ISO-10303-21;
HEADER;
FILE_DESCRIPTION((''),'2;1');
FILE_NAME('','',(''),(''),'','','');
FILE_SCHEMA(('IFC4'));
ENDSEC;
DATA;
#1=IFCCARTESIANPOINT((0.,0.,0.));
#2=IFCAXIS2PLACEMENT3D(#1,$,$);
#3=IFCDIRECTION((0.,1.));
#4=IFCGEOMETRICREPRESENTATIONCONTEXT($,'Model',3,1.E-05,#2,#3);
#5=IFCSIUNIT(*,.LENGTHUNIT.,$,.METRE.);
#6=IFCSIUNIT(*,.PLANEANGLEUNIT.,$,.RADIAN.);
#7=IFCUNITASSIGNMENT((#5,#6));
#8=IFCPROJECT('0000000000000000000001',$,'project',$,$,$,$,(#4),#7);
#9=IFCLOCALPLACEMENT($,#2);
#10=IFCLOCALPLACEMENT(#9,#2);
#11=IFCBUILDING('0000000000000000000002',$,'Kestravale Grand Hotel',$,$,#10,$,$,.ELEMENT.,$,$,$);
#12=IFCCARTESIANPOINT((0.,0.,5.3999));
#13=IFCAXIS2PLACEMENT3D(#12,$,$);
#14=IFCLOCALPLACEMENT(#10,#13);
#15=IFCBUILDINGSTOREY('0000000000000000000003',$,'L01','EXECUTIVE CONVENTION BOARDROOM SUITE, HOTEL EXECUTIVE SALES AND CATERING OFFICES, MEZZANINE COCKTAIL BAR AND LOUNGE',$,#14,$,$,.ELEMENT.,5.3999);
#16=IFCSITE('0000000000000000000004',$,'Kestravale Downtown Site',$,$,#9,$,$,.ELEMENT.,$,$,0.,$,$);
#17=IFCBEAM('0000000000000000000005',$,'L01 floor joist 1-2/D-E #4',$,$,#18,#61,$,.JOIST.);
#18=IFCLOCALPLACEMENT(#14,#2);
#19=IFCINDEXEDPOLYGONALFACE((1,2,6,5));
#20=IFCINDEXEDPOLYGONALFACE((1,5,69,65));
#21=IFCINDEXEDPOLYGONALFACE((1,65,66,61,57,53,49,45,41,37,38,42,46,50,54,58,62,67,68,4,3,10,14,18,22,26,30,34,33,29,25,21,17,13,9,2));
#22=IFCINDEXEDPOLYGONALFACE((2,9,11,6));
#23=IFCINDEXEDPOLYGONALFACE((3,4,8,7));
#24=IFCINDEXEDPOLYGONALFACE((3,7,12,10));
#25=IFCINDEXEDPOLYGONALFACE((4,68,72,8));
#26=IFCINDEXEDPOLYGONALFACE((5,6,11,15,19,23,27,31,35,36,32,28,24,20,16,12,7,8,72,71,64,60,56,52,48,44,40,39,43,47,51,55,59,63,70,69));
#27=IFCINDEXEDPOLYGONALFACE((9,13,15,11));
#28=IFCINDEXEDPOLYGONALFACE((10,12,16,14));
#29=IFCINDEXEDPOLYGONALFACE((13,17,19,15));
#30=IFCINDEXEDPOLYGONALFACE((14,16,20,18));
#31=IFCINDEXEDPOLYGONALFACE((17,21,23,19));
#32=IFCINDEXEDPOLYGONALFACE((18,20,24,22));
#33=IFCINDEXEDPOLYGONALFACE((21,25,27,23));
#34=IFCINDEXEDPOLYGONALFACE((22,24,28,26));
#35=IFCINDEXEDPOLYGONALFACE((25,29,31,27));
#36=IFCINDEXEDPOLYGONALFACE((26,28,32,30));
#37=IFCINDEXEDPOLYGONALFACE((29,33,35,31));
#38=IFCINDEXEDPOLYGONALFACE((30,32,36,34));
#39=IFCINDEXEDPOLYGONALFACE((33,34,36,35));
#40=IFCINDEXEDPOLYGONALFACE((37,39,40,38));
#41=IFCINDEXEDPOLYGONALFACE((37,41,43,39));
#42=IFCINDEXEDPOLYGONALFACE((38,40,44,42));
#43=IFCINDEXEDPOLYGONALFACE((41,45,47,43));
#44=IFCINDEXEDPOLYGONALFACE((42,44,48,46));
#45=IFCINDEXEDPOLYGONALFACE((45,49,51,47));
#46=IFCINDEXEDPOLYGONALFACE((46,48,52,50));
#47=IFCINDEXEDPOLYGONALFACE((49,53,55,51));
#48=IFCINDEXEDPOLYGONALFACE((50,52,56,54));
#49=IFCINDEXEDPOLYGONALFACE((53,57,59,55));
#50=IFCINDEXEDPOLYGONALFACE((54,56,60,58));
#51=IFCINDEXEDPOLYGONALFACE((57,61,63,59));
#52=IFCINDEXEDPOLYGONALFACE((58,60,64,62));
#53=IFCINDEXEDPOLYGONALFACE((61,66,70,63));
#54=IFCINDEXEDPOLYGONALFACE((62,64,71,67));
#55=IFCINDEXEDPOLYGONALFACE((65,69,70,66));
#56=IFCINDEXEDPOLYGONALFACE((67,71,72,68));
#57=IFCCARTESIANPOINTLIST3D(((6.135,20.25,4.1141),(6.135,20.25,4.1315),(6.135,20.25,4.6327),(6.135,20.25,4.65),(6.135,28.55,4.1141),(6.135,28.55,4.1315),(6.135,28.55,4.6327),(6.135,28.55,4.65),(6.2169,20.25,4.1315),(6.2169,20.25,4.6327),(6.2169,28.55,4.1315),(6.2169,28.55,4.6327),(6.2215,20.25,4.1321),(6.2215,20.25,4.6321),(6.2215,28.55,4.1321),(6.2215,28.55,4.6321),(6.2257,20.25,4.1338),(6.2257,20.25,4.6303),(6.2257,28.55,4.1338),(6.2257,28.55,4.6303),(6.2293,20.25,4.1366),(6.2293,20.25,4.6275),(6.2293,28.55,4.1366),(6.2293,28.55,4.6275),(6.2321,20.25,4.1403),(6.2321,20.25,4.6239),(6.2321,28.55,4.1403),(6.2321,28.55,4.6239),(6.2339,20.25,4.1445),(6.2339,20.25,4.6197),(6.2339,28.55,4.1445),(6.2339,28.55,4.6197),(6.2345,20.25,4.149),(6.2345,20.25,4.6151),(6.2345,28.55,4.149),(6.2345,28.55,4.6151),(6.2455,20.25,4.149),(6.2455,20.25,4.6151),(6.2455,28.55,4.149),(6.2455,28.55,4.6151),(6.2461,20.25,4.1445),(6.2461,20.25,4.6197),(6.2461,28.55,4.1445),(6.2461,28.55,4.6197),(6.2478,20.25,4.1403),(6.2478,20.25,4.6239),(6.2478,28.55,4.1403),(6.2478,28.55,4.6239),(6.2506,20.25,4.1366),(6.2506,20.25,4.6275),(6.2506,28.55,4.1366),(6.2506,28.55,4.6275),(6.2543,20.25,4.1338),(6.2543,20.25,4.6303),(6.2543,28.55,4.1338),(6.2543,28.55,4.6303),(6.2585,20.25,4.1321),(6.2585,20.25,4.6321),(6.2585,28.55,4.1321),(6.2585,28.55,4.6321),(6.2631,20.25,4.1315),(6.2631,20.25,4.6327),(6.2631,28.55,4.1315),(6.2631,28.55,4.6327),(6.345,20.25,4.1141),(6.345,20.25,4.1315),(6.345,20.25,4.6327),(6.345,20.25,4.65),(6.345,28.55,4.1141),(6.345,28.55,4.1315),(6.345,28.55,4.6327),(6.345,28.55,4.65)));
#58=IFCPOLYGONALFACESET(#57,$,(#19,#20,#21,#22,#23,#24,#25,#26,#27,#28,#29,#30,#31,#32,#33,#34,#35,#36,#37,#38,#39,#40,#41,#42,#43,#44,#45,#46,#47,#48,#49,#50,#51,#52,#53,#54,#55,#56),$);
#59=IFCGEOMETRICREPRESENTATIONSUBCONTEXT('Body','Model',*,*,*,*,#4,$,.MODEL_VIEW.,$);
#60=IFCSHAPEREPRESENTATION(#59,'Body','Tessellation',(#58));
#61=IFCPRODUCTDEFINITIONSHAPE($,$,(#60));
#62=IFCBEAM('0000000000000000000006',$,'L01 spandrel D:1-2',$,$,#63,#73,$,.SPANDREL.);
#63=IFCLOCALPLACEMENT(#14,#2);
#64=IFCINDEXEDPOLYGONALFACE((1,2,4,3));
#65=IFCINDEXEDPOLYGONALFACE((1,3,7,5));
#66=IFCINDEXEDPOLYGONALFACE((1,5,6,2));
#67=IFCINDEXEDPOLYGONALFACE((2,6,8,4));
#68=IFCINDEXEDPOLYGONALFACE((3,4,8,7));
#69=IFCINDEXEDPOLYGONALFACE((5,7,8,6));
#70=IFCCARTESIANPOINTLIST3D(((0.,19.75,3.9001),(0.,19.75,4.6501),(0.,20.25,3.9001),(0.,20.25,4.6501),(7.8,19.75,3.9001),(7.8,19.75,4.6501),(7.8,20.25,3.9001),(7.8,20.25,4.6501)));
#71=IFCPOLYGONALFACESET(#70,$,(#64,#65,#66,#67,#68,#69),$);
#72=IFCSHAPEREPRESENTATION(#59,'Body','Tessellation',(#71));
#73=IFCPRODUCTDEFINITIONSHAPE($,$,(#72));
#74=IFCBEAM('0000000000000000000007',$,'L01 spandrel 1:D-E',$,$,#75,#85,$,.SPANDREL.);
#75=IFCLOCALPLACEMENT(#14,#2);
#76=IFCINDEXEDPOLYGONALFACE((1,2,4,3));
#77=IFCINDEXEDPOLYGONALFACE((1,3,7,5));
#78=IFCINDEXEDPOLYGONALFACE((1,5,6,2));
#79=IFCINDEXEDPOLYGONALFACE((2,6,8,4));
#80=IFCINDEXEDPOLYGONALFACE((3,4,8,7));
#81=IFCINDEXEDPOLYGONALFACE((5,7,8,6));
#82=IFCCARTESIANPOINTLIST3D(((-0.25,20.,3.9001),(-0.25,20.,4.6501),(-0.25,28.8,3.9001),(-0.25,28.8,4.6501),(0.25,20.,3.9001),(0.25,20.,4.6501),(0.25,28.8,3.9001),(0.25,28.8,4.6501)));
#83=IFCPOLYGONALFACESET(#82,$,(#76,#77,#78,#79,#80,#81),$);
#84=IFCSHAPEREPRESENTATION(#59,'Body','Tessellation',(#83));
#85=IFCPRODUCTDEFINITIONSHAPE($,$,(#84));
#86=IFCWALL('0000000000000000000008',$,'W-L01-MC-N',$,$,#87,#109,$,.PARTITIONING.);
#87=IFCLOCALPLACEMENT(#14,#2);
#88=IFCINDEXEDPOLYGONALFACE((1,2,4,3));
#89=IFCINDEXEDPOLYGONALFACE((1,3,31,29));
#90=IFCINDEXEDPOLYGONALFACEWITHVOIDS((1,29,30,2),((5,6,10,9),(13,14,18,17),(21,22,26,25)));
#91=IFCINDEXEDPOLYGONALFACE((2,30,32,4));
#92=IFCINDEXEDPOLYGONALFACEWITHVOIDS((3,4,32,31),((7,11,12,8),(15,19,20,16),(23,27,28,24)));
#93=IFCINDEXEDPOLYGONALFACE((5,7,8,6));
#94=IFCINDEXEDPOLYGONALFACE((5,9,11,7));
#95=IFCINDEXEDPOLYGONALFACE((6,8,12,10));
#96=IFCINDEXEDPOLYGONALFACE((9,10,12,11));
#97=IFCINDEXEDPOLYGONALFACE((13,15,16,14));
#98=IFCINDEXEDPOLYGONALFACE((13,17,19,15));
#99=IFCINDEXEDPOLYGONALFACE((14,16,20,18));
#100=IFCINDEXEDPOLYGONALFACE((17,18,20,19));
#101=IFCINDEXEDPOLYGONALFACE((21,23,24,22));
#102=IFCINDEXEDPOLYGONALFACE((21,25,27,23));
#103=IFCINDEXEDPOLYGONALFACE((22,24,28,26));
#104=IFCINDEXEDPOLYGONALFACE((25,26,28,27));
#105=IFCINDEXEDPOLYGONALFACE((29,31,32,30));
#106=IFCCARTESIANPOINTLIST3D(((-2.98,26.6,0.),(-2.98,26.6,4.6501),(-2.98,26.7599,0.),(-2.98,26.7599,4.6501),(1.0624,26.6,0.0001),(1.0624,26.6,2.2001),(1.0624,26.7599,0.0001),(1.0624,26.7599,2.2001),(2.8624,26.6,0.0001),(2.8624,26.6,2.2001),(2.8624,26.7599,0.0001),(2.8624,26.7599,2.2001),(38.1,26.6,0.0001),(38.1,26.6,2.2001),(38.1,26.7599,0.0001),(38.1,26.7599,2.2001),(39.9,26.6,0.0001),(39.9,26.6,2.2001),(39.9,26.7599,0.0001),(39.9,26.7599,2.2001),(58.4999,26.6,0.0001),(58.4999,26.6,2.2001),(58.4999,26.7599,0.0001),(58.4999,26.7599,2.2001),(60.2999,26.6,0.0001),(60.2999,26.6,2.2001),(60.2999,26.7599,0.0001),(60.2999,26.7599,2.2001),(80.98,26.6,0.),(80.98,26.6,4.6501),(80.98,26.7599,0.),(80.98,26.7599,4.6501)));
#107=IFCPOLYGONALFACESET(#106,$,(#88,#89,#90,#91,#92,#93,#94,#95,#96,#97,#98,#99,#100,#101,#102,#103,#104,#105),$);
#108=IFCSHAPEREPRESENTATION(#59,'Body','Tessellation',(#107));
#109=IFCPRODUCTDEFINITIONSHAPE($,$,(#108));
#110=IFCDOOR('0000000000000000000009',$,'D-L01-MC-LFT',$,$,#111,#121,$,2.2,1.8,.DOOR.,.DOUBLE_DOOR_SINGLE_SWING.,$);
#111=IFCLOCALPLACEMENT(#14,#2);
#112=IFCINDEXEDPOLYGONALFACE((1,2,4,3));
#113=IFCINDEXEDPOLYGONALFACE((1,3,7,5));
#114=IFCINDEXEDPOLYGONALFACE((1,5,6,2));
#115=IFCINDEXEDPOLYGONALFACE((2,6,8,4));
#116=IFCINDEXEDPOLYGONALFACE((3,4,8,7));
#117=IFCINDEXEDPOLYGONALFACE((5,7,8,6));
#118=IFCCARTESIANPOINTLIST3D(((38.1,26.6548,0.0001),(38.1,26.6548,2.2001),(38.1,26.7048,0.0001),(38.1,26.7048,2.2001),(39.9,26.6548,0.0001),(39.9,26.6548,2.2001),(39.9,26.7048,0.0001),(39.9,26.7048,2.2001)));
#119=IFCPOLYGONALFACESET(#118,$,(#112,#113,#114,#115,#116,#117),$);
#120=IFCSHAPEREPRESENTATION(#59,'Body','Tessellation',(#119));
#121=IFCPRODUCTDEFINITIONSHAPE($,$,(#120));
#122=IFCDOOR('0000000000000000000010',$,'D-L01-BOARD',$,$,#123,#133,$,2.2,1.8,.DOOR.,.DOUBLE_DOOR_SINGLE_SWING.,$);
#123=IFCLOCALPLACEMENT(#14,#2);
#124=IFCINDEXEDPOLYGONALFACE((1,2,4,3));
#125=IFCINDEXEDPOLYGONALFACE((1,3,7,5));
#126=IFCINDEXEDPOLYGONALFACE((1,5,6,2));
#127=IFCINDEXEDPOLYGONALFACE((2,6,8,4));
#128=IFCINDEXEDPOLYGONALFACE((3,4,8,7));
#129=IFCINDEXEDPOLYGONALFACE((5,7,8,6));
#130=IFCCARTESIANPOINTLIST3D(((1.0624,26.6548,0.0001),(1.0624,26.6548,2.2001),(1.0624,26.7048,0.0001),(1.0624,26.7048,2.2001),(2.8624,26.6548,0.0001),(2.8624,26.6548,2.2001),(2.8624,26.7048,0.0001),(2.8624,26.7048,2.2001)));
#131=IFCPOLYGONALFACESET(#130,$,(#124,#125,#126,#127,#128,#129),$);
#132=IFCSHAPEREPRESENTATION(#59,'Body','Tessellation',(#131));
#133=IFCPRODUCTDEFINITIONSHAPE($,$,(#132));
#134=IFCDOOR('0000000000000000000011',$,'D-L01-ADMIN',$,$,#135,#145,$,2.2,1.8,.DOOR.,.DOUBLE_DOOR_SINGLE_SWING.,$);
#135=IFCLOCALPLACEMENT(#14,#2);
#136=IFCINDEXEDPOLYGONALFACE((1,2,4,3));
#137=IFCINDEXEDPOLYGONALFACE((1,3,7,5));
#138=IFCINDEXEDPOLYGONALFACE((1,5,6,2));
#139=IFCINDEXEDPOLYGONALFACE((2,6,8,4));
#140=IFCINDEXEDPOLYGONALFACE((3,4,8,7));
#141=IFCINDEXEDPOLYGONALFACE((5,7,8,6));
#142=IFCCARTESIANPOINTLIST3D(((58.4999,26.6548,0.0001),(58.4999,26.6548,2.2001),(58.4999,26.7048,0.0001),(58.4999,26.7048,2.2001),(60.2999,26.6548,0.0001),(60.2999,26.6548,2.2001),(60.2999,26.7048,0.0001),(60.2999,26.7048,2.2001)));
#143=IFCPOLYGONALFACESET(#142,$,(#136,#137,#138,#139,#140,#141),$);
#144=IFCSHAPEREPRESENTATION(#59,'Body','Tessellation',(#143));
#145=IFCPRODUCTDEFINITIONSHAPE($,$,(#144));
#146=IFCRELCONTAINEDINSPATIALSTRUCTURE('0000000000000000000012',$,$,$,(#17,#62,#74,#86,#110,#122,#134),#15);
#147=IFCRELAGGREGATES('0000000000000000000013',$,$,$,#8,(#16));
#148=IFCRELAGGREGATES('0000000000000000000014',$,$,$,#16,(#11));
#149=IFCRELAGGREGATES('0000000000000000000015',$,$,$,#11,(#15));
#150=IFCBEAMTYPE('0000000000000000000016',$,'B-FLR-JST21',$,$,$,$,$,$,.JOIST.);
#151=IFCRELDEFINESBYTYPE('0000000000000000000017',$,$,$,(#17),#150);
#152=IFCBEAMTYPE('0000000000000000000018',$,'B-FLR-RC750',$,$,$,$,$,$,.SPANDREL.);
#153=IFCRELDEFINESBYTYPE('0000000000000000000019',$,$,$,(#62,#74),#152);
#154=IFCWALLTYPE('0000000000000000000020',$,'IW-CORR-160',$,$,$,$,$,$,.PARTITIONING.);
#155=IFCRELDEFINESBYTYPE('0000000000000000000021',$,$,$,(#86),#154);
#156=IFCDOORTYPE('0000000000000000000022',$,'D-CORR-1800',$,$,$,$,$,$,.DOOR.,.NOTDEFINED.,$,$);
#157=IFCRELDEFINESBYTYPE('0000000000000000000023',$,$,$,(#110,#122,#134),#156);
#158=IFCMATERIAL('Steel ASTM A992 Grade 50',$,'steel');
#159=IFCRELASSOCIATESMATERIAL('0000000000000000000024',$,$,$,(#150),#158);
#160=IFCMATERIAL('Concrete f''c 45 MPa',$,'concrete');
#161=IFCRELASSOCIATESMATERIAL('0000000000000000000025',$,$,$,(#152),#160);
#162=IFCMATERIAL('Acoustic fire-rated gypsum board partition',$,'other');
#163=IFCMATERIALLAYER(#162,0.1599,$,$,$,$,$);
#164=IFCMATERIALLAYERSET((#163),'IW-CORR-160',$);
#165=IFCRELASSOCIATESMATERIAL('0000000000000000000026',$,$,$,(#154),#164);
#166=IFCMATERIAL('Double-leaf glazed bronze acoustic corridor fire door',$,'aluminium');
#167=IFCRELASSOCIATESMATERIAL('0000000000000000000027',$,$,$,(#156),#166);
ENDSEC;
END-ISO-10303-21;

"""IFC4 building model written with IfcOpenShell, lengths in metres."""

from ifc_helpers import new_model, si_unit, direction, frame, frame_2d, origin, origin_2d, place, context, subcontext, project, spatial, rectangle, i_section, extrude, material, layer, layer_set, material_profile, profile_set, type_object, element, fill, save


model = new_model("IFC4")

# Units and contexts
model_context = context("Model", 3, precision=1e-05, world=origin(), true_north=direction((0.0, 1.0)))
body_context = subcontext(model_context, "Body", "Model", "MODEL_VIEW")
ifc_project = project(units=[si_unit("LENGTHUNIT", "METRE"), si_unit("PLANEANGLEUNIT", "RADIAN")], contexts=[model_context])

# Site, building, storey
site_placement = place(None, origin())
site = spatial("IfcSite", under=ifc_project, at=site_placement, Name="Kestravale Downtown Site", CompositionType="ELEMENT", RefElevation=0.0)
building_placement = place(site_placement, origin())
building = spatial("IfcBuilding", under=site, at=building_placement, Name="Kestravale Grand Hotel", CompositionType="ELEMENT")
storey_placement = place(building_placement, frame((0.0, 0.0, 5.3999)))
storey = spatial("IfcBuildingStorey", under=building, at=storey_placement, Name="L01", Description="EXECUTIVE CONVENTION BOARDROOM SUITE, HOTEL EXECUTIVE SALES AND CATERING OFFICES, MEZZANINE COCKTAIL BAR AND LOUNGE", CompositionType="ELEMENT", Elevation=5.3999)

# Beams
ifc_material_1 = material(Name="Steel ASTM A992 Grade 50", Category="steel")
ifc_material_profile_1 = material_profile(ifc_material_1, i_section(OverallWidth=0.21, OverallDepth=0.5359, WebThickness=0.011, FlangeThickness=0.0173, FilletRadius=0.0176, at=origin_2d()))
ifc_profile_set_1 = profile_set([ifc_material_profile_1], Name="Steel ASTM A992 Grade 50")
beam_type_1 = type_object("IfcBeamType", Name="B-FLR-JST21", PredefinedType="JOIST", material=ifc_profile_set_1)
for number, where, z_axis, x_axis, name in (
    (1, (6.24, 20.25, 4.3821), (0.0, 1.0, 0.0), (-1.0, 0.0, 0.0), "L01 floor joist 1-2/D-E #4"),
):
    element("IfcBeam", number, at=place(storey_placement, frame(where, z_axis=z_axis, x_axis=x_axis)), inside=storey, type_object=beam_type_1, Name=name, PredefinedType="JOIST", context=body_context, shape_type="SweptSolid", body=[
        extrude(i_section(OverallWidth=0.21, OverallDepth=0.5359, WebThickness=0.011, FlangeThickness=0.0173, FilletRadius=0.0176, at=origin_2d()), origin(), (0.0, 0.0, 1.0), 8.3),
    ])
ifc_material_2 = material(Name="Concrete f'c 45 MPa", Category="concrete")
ifc_material_profile_2 = material_profile(ifc_material_2, rectangle(XDim=0.5, YDim=0.75, at=origin_2d()))
ifc_profile_set_2 = profile_set([ifc_material_profile_2], Name="Concrete f'c 45 MPa")
beam_type_2 = type_object("IfcBeamType", Name="B-FLR-RC750", PredefinedType="SPANDREL", material=ifc_profile_set_2)
beam_1_placement = place(storey_placement, frame((0.0, 20.0, 4.2751), z_axis=(1.0, 0.0, 0.0), x_axis=(0.0, 1.0, 0.0)))
element("IfcBeam", 2, at=beam_1_placement, inside=storey, type_object=beam_type_2, Name="L01 spandrel D:1-2", PredefinedType="SPANDREL", context=body_context, shape_type="SweptSolid", body=[
    extrude(rectangle(XDim=0.5, YDim=0.75, at=origin_2d()), origin(), (0.0, 0.0, 1.0), 7.8),
])
beam_2_placement = place(storey_placement, frame((0.0, 20.0, 4.2751), z_axis=(0.0, 1.0, 0.0), x_axis=(-1.0, 0.0, 0.0)))
element("IfcBeam", 3, at=beam_2_placement, inside=storey, type_object=beam_type_2, Name="L01 spandrel 1:D-E", PredefinedType="SPANDREL", context=body_context, shape_type="SweptSolid", body=[
    extrude(rectangle(XDim=0.5, YDim=0.75, at=origin_2d()), origin(), (0.0, 0.0, 1.0), 8.8),
])

# Wall, openings, doors
ifc_material_3 = material(Name="Acoustic fire-rated gypsum board partition", Category="other")
ifc_layer = layer(ifc_material_3, 0.1599)
ifc_layer_set = layer_set([ifc_layer], Name="IW-CORR-160")
wall_type = type_object("IfcWallType", Name="IW-CORR-160", PredefinedType="PARTITIONING", material=ifc_layer_set)
wall_1_placement = place(storey_placement, frame((-2.98, 26.6799, 0.0), z_axis=(0.0, 0.0, 1.0), x_axis=(1.0, 0.0, 0.0)))
wall_1 = element("IfcWall", 4, at=wall_1_placement, inside=storey, type_object=wall_type, Name="W-L01-MC-N", PredefinedType="PARTITIONING", context=body_context, shape_type="SweptSolid", body=[
    extrude(rectangle(XDim=83.96, YDim=0.1599, at=frame_2d((41.98, 0.0))), origin(), (0.0, 0.0, 1.0), 4.6501),
])
opening_1_placement = place(wall_1_placement, frame((41.0801, 0.0, 0.0)))
opening_1 = element("IfcOpeningElement", 5, at=opening_1_placement, cuts=wall_1, PredefinedType="OPENING", context=body_context, shape_type="SweptSolid", body=[
    extrude(rectangle(XDim=1.8, YDim=2.2, at=frame_2d((0.8999, 1.1001))), frame((0.0, 0.0898, 0.0), z_axis=(0.0, -1.0, 0.0), x_axis=(1.0, 0.0, 0.0)), (0.0, 0.0, 1.0), 0.1799),
])
opening_2_placement = place(wall_1_placement, frame((4.0425, 0.0, 0.0)))
opening_2 = element("IfcOpeningElement", 6, at=opening_2_placement, cuts=wall_1, PredefinedType="OPENING", context=body_context, shape_type="SweptSolid", body=[
    extrude(rectangle(XDim=1.8, YDim=2.2, at=frame_2d((0.8999, 1.1001))), frame((0.0, 0.0898, 0.0), z_axis=(0.0, -1.0, 0.0), x_axis=(1.0, 0.0, 0.0)), (0.0, 0.0, 1.0), 0.1799),
])
opening_3_placement = place(wall_1_placement, frame((61.48, 0.0, 0.0)))
opening_3 = element("IfcOpeningElement", 7, at=opening_3_placement, cuts=wall_1, PredefinedType="OPENING", context=body_context, shape_type="SweptSolid", body=[
    extrude(rectangle(XDim=1.8, YDim=2.2, at=frame_2d((0.8999, 1.1001))), frame((0.0, 0.0898, 0.0), z_axis=(0.0, -1.0, 0.0), x_axis=(1.0, 0.0, 0.0)), (0.0, 0.0, 1.0), 0.1799),
])
ifc_material_4 = material(Name="Double-leaf glazed bronze acoustic corridor fire door", Category="aluminium")
door_type_1 = type_object("IfcDoorType", Name="D-CORR-1800", OperationType="NOTDEFINED", PredefinedType="DOOR", material=ifc_material_4)
door_1_placement = place(opening_1_placement, origin())
door_1 = element("IfcDoor", 8, at=door_1_placement, inside=storey, type_object=door_type_1, Name="D-L01-MC-LFT", OperationType="DOUBLE_DOOR_SINGLE_SWING", OverallHeight=2.2, OverallWidth=1.8, PredefinedType="DOOR", context=body_context, shape_type="SweptSolid", body=[
    extrude(rectangle(XDim=1.8, YDim=2.2, at=frame_2d((0.8999, 1.1001))), frame((0.0, 0.0249, 0.0), z_axis=(0.0, -1.0, 0.0), x_axis=(1.0, 0.0, 0.0)), (0.0, 0.0, 1.0), 0.05),
])
fill(opening_1, door_1)
door_2_placement = place(opening_2_placement, origin())
door_2 = element("IfcDoor", 9, at=door_2_placement, inside=storey, type_object=door_type_1, Name="D-L01-BOARD", OperationType="DOUBLE_DOOR_SINGLE_SWING", OverallHeight=2.2, OverallWidth=1.8, PredefinedType="DOOR", context=body_context, shape_type="SweptSolid", body=[
    extrude(rectangle(XDim=1.8, YDim=2.2, at=frame_2d((0.8999, 1.1001))), frame((0.0, 0.0249, 0.0), z_axis=(0.0, -1.0, 0.0), x_axis=(1.0, 0.0, 0.0)), (0.0, 0.0, 1.0), 0.05),
])
fill(opening_2, door_2)
door_3_placement = place(opening_3_placement, origin())
door_3 = element("IfcDoor", 10, at=door_3_placement, inside=storey, type_object=door_type_1, Name="D-L01-ADMIN", OperationType="DOUBLE_DOOR_SINGLE_SWING", OverallHeight=2.2, OverallWidth=1.8, PredefinedType="DOOR", context=body_context, shape_type="SweptSolid", body=[
    extrude(rectangle(XDim=1.8, YDim=2.2, at=frame_2d((0.8999, 1.1001))), frame((0.0, 0.0249, 0.0), z_axis=(0.0, -1.0, 0.0), x_axis=(1.0, 0.0, 0.0)), (0.0, 0.0, 1.0), 0.05),
])
fill(opening_3, door_3)

save(model, "model.ifc")
